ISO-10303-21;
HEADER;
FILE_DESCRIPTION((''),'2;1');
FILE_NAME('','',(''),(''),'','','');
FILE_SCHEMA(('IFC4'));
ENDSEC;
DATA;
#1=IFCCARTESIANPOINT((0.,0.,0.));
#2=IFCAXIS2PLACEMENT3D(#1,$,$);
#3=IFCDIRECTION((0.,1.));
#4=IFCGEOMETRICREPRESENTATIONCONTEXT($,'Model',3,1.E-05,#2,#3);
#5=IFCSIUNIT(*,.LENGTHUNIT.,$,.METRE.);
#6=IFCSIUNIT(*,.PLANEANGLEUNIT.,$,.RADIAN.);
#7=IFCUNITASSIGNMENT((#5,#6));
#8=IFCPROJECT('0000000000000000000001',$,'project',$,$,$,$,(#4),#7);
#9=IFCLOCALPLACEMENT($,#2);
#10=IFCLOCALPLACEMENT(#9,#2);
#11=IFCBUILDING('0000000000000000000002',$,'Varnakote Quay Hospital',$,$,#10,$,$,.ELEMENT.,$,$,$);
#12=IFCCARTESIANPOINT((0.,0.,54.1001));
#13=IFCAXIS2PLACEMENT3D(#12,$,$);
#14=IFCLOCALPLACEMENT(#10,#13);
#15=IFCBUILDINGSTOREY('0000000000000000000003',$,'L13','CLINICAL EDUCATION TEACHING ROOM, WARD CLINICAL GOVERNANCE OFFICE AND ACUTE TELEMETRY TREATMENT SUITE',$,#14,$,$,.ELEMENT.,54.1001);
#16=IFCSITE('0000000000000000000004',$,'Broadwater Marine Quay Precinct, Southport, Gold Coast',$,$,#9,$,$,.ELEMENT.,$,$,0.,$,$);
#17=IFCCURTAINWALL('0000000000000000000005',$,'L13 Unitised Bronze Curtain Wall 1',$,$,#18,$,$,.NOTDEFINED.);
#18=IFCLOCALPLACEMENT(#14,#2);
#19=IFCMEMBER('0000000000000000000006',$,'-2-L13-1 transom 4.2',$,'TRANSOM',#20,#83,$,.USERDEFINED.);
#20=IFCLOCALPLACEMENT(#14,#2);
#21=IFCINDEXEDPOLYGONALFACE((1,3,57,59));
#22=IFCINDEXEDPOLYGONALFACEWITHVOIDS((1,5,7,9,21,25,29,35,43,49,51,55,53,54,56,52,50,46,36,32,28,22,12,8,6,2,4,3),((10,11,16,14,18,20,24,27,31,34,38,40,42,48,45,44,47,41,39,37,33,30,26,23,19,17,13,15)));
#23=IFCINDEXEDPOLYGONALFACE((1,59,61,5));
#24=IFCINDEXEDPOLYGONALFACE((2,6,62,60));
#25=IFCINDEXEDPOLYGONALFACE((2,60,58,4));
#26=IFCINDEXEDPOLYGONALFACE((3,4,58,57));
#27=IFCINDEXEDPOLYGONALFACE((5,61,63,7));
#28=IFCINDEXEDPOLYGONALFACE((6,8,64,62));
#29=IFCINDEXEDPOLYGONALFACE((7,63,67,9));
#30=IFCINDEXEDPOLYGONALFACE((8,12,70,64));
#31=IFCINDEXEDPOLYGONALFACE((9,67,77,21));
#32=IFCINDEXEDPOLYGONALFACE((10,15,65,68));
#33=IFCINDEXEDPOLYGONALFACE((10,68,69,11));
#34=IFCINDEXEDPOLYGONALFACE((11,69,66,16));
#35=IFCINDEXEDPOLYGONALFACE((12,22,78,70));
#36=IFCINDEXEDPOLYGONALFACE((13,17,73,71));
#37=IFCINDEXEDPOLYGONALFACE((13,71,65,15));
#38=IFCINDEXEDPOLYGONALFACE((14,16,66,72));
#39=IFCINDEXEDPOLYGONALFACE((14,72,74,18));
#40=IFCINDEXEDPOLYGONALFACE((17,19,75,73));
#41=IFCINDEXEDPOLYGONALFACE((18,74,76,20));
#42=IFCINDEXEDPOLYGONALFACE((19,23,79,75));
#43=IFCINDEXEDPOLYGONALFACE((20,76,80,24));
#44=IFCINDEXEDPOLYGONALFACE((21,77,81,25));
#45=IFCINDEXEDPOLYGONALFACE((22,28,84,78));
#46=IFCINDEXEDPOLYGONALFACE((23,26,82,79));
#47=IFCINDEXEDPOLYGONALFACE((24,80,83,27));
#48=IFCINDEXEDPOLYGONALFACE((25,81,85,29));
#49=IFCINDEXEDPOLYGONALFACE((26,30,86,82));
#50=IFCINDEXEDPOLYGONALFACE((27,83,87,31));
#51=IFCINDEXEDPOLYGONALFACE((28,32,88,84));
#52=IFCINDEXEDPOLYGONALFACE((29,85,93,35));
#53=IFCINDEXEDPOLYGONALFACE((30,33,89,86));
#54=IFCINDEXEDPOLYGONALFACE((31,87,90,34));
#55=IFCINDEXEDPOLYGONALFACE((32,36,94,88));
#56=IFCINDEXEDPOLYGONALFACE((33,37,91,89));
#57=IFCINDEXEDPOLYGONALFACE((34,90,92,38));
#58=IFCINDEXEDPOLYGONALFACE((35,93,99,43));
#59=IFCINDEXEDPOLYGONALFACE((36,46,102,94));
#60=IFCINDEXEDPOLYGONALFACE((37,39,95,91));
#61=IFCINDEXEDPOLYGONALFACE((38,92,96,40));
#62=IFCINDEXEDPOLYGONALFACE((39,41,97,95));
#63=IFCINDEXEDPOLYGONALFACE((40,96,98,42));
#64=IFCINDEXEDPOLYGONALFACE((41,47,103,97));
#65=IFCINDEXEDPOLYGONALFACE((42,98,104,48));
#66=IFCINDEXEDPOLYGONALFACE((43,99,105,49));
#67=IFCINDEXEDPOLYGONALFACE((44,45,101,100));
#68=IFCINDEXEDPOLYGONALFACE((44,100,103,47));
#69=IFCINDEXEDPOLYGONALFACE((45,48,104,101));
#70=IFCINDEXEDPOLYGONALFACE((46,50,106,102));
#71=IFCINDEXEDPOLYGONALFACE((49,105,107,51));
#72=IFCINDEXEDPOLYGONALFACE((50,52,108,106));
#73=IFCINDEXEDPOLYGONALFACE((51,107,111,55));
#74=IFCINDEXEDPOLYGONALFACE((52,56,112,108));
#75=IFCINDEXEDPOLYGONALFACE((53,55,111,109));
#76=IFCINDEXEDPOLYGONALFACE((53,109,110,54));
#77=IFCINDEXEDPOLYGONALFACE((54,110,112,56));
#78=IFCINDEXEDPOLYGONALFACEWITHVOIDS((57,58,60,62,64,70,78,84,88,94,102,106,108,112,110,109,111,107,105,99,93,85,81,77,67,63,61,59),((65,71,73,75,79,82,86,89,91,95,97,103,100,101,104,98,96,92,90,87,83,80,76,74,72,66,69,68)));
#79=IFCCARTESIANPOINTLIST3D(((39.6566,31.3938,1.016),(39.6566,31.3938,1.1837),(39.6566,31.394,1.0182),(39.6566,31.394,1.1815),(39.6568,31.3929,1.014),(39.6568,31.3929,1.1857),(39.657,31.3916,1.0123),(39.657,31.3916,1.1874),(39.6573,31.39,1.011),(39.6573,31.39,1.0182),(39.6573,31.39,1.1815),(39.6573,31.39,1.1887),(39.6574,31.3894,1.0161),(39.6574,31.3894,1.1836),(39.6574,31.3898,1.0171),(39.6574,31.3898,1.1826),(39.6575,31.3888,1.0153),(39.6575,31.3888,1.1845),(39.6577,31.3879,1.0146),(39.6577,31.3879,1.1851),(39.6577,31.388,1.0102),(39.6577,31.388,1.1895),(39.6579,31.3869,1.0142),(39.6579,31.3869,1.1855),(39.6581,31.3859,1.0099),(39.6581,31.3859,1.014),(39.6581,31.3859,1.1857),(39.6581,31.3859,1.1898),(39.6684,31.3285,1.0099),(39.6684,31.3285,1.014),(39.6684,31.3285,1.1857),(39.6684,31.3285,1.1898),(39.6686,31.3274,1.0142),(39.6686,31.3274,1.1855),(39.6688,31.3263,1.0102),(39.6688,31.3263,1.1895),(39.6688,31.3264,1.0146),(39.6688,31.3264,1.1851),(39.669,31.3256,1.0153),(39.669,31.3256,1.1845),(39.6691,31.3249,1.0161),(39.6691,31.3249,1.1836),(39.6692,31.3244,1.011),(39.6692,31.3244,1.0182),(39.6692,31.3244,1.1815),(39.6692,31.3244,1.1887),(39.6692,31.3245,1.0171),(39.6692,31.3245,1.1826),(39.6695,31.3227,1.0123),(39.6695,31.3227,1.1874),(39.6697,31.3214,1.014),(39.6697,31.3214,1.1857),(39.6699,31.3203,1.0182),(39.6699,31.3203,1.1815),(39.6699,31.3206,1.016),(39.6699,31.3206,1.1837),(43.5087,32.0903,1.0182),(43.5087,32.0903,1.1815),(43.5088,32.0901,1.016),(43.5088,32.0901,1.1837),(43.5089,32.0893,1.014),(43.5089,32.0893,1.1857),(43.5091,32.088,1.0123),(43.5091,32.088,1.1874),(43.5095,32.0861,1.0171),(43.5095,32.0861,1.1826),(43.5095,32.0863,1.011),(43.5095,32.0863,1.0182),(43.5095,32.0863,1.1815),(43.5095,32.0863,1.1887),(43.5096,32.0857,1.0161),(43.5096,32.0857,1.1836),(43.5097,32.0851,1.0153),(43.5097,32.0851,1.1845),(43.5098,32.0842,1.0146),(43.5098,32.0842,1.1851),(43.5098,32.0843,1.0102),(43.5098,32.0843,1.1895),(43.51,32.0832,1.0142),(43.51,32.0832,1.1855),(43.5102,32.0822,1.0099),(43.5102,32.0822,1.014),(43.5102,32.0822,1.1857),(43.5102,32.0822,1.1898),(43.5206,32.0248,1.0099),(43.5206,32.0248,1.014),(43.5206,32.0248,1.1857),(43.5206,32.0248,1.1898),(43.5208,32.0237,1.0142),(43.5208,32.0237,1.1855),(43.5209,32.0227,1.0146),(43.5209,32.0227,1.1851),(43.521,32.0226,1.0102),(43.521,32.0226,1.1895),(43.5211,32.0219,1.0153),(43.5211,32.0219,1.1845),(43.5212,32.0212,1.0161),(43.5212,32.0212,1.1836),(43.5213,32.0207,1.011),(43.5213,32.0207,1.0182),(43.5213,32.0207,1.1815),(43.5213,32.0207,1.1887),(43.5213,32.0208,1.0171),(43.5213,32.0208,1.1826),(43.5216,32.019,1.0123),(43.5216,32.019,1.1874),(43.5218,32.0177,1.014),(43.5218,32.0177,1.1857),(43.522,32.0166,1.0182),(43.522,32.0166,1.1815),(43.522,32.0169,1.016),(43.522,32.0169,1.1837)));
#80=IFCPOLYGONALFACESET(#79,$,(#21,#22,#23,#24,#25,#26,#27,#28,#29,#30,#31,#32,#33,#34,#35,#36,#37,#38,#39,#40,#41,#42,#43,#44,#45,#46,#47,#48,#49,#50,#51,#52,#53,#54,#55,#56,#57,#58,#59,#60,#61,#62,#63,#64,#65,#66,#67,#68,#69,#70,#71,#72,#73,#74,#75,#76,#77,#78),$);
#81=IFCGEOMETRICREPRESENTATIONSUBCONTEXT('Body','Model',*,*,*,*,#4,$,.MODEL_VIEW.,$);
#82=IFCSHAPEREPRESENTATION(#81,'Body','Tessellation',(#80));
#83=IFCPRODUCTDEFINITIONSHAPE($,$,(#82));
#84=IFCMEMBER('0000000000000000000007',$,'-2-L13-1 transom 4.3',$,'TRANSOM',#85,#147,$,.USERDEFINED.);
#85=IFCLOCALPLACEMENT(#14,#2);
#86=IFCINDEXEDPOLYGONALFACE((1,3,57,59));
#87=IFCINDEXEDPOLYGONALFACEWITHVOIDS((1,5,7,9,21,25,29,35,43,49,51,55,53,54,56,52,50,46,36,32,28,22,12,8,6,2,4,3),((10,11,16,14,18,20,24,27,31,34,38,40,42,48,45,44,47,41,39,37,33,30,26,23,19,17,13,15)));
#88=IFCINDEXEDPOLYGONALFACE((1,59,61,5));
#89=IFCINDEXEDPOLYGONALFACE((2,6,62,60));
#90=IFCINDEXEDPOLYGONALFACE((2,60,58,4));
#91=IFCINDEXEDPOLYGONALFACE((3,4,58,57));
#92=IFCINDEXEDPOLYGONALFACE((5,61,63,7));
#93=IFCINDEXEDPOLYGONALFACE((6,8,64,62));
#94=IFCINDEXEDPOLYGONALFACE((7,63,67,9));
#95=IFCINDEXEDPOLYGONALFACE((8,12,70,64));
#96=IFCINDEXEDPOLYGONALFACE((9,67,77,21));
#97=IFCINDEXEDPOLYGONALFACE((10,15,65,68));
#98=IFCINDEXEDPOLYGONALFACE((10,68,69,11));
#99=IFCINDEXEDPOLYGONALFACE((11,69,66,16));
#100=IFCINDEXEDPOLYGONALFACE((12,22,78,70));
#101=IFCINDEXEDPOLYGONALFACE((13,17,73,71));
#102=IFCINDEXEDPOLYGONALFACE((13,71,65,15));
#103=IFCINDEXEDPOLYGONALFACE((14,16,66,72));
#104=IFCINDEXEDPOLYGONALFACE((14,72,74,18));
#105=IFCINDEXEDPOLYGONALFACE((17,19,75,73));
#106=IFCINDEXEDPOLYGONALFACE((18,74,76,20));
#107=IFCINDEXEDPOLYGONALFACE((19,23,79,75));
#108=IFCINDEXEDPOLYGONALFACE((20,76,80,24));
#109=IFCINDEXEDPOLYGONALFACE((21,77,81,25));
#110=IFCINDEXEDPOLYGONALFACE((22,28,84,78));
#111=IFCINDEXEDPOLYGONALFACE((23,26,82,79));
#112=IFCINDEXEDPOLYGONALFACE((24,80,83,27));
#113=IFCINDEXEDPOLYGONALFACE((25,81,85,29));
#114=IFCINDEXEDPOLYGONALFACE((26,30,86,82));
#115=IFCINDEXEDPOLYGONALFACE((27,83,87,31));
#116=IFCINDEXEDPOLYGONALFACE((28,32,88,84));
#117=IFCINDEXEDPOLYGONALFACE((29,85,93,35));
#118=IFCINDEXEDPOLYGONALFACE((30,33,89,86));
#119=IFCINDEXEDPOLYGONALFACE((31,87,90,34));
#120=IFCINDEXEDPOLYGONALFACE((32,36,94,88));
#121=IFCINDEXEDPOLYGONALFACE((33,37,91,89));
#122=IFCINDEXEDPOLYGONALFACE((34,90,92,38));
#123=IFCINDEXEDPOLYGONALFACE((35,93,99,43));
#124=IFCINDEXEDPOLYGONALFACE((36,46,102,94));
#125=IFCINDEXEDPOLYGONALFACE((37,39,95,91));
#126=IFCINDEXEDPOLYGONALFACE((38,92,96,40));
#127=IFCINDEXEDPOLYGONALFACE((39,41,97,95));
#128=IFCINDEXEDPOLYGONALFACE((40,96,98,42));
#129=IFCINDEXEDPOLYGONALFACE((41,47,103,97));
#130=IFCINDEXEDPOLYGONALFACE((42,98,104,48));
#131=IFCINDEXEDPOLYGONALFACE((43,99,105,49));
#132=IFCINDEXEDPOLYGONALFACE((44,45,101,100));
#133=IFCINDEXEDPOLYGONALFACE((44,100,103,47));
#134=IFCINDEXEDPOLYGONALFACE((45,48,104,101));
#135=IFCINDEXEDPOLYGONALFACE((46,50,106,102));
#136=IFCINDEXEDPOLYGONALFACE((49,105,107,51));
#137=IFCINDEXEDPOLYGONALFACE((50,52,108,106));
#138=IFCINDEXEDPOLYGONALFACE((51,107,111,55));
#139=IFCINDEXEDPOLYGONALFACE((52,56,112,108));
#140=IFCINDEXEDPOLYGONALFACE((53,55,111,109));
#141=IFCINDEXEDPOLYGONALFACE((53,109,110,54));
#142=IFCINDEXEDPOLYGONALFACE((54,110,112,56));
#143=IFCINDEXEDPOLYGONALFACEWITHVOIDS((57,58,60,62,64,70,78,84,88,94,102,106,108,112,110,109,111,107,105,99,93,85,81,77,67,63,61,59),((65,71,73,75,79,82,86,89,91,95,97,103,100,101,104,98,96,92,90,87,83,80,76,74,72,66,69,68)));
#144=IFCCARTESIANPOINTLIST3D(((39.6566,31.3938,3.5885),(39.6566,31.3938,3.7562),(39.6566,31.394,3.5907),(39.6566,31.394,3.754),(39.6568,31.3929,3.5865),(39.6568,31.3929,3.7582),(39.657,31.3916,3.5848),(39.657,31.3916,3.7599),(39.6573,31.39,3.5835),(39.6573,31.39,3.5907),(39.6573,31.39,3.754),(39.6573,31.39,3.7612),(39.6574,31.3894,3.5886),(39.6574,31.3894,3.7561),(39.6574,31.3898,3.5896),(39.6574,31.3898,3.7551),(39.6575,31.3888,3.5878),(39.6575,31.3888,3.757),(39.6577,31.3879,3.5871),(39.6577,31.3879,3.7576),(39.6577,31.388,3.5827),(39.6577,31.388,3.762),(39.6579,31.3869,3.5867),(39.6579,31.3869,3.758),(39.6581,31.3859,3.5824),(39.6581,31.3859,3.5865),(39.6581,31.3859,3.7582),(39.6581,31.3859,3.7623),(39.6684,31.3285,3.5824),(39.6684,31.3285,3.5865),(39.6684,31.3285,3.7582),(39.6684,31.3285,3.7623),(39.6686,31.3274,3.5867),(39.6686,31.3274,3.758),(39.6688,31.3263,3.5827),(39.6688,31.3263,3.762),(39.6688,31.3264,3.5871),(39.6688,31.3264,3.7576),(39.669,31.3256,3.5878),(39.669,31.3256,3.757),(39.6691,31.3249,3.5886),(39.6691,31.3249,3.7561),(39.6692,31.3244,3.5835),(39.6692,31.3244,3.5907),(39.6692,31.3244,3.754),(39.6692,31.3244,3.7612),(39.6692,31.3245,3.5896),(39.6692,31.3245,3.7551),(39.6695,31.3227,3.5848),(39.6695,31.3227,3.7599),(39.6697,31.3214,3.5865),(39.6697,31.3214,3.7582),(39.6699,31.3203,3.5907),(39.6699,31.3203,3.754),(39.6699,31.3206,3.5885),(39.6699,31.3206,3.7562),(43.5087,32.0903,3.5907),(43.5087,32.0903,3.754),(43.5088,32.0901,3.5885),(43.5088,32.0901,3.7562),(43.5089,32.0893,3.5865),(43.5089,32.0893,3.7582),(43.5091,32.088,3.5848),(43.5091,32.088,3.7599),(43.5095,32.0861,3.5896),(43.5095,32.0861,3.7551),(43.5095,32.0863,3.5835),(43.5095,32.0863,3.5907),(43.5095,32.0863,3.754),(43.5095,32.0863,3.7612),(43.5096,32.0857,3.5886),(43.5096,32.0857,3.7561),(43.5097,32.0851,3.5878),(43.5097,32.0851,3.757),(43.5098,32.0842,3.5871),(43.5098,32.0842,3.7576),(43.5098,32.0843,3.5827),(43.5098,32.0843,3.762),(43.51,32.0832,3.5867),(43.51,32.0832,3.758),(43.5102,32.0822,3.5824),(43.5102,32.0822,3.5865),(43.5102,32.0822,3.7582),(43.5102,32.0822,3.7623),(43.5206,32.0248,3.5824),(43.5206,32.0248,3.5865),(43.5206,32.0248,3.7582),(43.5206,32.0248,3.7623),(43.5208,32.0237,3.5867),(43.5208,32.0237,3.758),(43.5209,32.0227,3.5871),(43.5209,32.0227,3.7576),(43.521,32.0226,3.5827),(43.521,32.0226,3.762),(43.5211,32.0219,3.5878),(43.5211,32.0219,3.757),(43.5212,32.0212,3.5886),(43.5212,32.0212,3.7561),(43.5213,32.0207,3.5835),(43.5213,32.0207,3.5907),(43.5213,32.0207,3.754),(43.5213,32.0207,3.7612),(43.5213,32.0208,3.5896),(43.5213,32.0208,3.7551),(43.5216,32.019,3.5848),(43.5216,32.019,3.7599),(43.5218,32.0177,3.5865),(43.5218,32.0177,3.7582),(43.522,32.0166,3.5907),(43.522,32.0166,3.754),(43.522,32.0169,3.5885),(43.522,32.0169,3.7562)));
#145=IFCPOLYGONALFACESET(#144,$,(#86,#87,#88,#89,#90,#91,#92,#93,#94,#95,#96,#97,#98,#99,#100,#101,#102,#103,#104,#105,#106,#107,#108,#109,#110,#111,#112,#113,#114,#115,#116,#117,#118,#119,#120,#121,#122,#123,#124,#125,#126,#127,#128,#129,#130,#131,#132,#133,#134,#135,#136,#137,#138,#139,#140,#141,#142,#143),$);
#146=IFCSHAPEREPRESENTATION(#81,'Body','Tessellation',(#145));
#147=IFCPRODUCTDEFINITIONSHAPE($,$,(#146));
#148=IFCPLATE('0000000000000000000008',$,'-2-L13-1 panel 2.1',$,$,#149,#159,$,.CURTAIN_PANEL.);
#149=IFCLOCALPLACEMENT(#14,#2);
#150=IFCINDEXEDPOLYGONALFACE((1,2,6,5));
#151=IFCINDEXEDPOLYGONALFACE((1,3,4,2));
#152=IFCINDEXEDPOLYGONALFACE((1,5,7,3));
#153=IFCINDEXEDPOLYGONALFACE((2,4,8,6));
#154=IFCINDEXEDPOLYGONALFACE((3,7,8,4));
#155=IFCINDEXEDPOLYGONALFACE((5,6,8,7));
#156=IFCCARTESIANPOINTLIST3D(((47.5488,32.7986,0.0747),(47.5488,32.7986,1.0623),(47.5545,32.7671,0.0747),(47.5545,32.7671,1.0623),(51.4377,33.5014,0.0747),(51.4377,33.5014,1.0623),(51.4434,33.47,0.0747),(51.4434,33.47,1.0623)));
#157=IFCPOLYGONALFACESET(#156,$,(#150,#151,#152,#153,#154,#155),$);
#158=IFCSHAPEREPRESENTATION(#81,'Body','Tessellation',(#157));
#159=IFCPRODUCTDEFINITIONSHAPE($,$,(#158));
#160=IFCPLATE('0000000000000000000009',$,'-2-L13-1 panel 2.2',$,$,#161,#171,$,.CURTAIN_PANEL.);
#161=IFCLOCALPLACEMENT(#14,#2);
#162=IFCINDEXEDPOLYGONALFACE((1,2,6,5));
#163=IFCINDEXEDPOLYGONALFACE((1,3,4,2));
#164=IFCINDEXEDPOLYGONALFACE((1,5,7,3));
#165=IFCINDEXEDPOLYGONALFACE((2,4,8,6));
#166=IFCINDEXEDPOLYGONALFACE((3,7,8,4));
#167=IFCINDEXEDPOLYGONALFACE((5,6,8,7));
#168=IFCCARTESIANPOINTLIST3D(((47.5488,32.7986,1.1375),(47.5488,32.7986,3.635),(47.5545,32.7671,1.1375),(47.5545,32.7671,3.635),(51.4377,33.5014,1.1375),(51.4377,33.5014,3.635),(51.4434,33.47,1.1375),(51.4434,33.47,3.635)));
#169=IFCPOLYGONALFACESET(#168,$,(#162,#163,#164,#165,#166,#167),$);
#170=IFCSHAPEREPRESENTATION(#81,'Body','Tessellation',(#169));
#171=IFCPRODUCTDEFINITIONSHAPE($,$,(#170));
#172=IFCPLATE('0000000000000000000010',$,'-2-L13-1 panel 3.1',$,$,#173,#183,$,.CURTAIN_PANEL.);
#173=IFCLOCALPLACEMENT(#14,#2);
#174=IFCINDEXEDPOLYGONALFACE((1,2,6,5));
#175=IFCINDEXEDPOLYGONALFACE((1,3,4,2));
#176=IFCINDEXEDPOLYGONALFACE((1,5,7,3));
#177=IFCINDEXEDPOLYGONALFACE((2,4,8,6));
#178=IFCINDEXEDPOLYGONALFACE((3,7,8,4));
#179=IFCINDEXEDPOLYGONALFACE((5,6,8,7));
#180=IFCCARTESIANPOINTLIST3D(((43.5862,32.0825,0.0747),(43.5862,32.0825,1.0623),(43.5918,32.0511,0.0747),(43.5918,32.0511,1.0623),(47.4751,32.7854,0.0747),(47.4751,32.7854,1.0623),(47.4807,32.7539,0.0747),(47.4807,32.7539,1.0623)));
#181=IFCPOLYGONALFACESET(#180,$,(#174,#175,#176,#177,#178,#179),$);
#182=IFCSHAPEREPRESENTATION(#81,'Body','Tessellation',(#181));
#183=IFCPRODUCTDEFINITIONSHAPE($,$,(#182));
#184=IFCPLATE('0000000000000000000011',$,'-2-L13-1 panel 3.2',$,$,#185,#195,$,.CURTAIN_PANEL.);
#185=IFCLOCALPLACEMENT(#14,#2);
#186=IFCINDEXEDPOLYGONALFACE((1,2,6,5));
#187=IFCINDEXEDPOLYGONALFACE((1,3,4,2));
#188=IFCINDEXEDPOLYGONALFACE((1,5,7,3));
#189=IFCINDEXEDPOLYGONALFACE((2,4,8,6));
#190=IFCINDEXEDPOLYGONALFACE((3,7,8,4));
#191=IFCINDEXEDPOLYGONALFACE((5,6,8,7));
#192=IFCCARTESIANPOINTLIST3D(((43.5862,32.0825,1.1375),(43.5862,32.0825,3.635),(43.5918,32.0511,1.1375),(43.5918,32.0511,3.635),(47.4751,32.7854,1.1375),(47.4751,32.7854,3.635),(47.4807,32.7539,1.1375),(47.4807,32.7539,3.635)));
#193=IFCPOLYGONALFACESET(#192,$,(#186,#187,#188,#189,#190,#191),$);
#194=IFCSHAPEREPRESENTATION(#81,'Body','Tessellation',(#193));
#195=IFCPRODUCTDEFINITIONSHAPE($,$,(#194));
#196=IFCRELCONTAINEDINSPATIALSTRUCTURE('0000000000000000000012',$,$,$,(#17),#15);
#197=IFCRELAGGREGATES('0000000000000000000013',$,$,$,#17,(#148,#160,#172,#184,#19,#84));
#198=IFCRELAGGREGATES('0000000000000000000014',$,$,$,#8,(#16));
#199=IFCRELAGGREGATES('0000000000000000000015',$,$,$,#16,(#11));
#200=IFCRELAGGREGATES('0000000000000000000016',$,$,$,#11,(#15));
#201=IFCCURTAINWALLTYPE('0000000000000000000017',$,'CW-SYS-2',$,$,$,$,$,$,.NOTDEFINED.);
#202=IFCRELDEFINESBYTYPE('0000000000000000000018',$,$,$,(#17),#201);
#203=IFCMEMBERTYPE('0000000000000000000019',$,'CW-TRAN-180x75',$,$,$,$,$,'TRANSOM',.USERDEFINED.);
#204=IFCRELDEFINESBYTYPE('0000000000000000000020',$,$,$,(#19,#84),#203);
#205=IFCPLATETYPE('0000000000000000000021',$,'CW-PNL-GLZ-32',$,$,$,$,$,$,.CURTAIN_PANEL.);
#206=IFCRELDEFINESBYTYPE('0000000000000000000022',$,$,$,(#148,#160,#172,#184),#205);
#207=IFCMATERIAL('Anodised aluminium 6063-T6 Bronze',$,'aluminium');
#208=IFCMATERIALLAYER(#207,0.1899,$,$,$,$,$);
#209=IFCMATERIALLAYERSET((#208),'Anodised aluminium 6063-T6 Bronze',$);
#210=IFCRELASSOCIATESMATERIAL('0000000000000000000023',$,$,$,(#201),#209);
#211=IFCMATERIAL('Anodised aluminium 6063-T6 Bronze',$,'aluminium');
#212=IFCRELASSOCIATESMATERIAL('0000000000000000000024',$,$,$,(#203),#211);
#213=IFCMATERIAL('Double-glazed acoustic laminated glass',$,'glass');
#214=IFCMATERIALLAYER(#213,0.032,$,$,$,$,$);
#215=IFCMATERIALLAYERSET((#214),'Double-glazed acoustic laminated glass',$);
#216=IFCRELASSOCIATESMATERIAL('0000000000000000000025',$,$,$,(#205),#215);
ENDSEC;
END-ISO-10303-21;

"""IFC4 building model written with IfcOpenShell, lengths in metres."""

from ifc_helpers import new_model, si_unit, direction, frame, origin, origin_2d, place, context, subcontext, project, spatial, rectangle, hollow_rectangle, extrude, material, layer, layer_set, material_profile, profile_set, type_object, element, aggregate, save


model = new_model("IFC4")

# Units and contexts
model_context = context("Model", 3, precision=1e-05, world=origin(), true_north=direction((0.0, 1.0)))
body_context = subcontext(model_context, "Body", "Model", "MODEL_VIEW")
ifc_project = project(units=[si_unit("LENGTHUNIT", "METRE"), si_unit("PLANEANGLEUNIT", "RADIAN")], contexts=[model_context])

# Site, building, storey
site_placement = place(None, origin())
site = spatial("IfcSite", under=ifc_project, at=site_placement, Name="Broadwater Marine Quay Precinct, Southport, Gold Coast", CompositionType="ELEMENT", RefElevation=0.0)
building_placement = place(site_placement, origin())
building = spatial("IfcBuilding", under=site, at=building_placement, Name="Varnakote Quay Hospital", CompositionType="ELEMENT")
storey_placement = place(building_placement, frame((0.0, 0.0, 54.1001)))
storey = spatial("IfcBuildingStorey", under=building, at=storey_placement, Name="L13", Description="CLINICAL EDUCATION TEACHING ROOM, WARD CLINICAL GOVERNANCE OFFICE AND ACUTE TELEMETRY TREATMENT SUITE", CompositionType="ELEMENT", Elevation=54.1001)

# Curtain wall, members, plates
ifc_material_1 = material(Name="Anodised aluminium 6063-T6 Bronze", Category="aluminium")
ifc_layer_1 = layer(ifc_material_1, 0.1899)
ifc_layer_set_1 = layer_set([ifc_layer_1], Name="Anodised aluminium 6063-T6 Bronze")
curtain_wall_type = type_object("IfcCurtainWallType", Name="CW-SYS-2", PredefinedType="NOTDEFINED", material=ifc_layer_set_1)
curtain_wall_placement = place(storey_placement, origin())
curtain_wall = element("IfcCurtainWall", 1, at=curtain_wall_placement, inside=storey, type_object=curtain_wall_type, Name="L13 Unitised Bronze Curtain Wall 1", PredefinedType="NOTDEFINED")
ifc_material_2 = material(Name="Anodised aluminium 6063-T6 Bronze", Category="aluminium")
ifc_material_profile_1 = material_profile(ifc_material_2, hollow_rectangle(XDim=0.075, YDim=0.1799, WallThickness=0.0042, InnerFilletRadius=0.0042, OuterFilletRadius=0.0083, at=origin_2d()), Name="CW-TRAN-180x75")
ifc_profile_set_1 = profile_set([ifc_material_profile_1], Name="Anodised aluminium 6063-T6 Bronze")
member_type_1 = type_object("IfcMemberType", Name="CW-TRAN-180x75", ElementType="TRANSOM", PredefinedType="USERDEFINED", material=ifc_profile_set_1)
member_1_placement = place(storey_placement, frame((43.5154, 32.0535, 1.0999), z_axis=(-0.984053, -0.177875, 0.0), x_axis=(0.177875, -0.984053, 0.0)))
member_1 = element("IfcMember", 2, at=member_1_placement, type_object=member_type_1, Name="-2-L13-1 transom 4.2", ObjectType="TRANSOM", PredefinedType="USERDEFINED", context=body_context, shape_type="SweptSolid", body=[
    extrude(hollow_rectangle(XDim=0.075, YDim=0.1799, WallThickness=0.0042, InnerFilletRadius=0.0042, OuterFilletRadius=0.0083, at=origin_2d()), origin(), (0.0, 0.0, 1.0), 3.9146),
])
member_2_placement = place(storey_placement, frame((43.5154, 32.0535, 3.6724), z_axis=(-0.984053, -0.177875, 0.0), x_axis=(0.177875, -0.984053, 0.0)))
member_2 = element("IfcMember", 3, at=member_2_placement, type_object=member_type_1, Name="-2-L13-1 transom 4.3", ObjectType="TRANSOM", PredefinedType="USERDEFINED", context=body_context, shape_type="SweptSolid", body=[
    extrude(hollow_rectangle(XDim=0.075, YDim=0.1799, WallThickness=0.0042, InnerFilletRadius=0.0042, OuterFilletRadius=0.0083, at=origin_2d()), origin(), (0.0, 0.0, 1.0), 3.9146),
])
ifc_material_3 = material(Name="Double-glazed acoustic laminated glass", Category="glass")
ifc_layer_2 = layer(ifc_material_3, 0.032)
ifc_layer_set_2 = layer_set([ifc_layer_2], Name="Double-glazed acoustic laminated glass")
plate_type = type_object("IfcPlateType", Name="CW-PNL-GLZ-32", PredefinedType="CURTAIN_PANEL", material=ifc_layer_set_2)
plate_1_placement = place(storey_placement, frame((49.4961, 33.1343, 0.0747), z_axis=(0.0, 0.0, 1.0), x_axis=(-0.984058, -0.177846, 0.0)))
plate_1 = element("IfcPlate", 4, at=plate_1_placement, type_object=plate_type, Name="-2-L13-1 panel 2.1", PredefinedType="CURTAIN_PANEL", context=body_context, shape_type="SweptSolid", body=[
    extrude(rectangle(XDim=3.9519, YDim=0.032, at=origin_2d()), origin(), (0.0, 0.0, 1.0), 0.9875),
])
plate_2_placement = place(storey_placement, frame((49.4961, 33.1343, 1.1375), z_axis=(0.0, 0.0, 1.0), x_axis=(-0.984058, -0.177846, 0.0)))
plate_2 = element("IfcPlate", 5, at=plate_2_placement, type_object=plate_type, Name="-2-L13-1 panel 2.2", PredefinedType="CURTAIN_PANEL", context=body_context, shape_type="SweptSolid", body=[
    extrude(rectangle(XDim=3.9519, YDim=0.032, at=origin_2d()), origin(), (0.0, 0.0, 1.0), 2.4976),
])
plate_3_placement = place(storey_placement, frame((45.5334, 32.4182, 0.0747), z_axis=(0.0, 0.0, 1.0), x_axis=(-0.984058, -0.177846, 0.0)))
plate_3 = element("IfcPlate", 6, at=plate_3_placement, type_object=plate_type, Name="-2-L13-1 panel 3.1", PredefinedType="CURTAIN_PANEL", context=body_context, shape_type="SweptSolid", body=[
    extrude(rectangle(XDim=3.9519, YDim=0.032, at=origin_2d()), origin(), (0.0, 0.0, 1.0), 0.9875),
])
plate_4_placement = place(storey_placement, frame((45.5334, 32.4182, 1.1375), z_axis=(0.0, 0.0, 1.0), x_axis=(-0.984058, -0.177846, 0.0)))
plate_4 = element("IfcPlate", 7, at=plate_4_placement, type_object=plate_type, Name="-2-L13-1 panel 3.2", PredefinedType="CURTAIN_PANEL", context=body_context, shape_type="SweptSolid", body=[
    extrude(rectangle(XDim=3.9519, YDim=0.032, at=origin_2d()), origin(), (0.0, 0.0, 1.0), 2.4976),
])
aggregate(curtain_wall, [plate_1, plate_2, plate_3, plate_4, member_1, member_2])

save(model, "model.ifc")
